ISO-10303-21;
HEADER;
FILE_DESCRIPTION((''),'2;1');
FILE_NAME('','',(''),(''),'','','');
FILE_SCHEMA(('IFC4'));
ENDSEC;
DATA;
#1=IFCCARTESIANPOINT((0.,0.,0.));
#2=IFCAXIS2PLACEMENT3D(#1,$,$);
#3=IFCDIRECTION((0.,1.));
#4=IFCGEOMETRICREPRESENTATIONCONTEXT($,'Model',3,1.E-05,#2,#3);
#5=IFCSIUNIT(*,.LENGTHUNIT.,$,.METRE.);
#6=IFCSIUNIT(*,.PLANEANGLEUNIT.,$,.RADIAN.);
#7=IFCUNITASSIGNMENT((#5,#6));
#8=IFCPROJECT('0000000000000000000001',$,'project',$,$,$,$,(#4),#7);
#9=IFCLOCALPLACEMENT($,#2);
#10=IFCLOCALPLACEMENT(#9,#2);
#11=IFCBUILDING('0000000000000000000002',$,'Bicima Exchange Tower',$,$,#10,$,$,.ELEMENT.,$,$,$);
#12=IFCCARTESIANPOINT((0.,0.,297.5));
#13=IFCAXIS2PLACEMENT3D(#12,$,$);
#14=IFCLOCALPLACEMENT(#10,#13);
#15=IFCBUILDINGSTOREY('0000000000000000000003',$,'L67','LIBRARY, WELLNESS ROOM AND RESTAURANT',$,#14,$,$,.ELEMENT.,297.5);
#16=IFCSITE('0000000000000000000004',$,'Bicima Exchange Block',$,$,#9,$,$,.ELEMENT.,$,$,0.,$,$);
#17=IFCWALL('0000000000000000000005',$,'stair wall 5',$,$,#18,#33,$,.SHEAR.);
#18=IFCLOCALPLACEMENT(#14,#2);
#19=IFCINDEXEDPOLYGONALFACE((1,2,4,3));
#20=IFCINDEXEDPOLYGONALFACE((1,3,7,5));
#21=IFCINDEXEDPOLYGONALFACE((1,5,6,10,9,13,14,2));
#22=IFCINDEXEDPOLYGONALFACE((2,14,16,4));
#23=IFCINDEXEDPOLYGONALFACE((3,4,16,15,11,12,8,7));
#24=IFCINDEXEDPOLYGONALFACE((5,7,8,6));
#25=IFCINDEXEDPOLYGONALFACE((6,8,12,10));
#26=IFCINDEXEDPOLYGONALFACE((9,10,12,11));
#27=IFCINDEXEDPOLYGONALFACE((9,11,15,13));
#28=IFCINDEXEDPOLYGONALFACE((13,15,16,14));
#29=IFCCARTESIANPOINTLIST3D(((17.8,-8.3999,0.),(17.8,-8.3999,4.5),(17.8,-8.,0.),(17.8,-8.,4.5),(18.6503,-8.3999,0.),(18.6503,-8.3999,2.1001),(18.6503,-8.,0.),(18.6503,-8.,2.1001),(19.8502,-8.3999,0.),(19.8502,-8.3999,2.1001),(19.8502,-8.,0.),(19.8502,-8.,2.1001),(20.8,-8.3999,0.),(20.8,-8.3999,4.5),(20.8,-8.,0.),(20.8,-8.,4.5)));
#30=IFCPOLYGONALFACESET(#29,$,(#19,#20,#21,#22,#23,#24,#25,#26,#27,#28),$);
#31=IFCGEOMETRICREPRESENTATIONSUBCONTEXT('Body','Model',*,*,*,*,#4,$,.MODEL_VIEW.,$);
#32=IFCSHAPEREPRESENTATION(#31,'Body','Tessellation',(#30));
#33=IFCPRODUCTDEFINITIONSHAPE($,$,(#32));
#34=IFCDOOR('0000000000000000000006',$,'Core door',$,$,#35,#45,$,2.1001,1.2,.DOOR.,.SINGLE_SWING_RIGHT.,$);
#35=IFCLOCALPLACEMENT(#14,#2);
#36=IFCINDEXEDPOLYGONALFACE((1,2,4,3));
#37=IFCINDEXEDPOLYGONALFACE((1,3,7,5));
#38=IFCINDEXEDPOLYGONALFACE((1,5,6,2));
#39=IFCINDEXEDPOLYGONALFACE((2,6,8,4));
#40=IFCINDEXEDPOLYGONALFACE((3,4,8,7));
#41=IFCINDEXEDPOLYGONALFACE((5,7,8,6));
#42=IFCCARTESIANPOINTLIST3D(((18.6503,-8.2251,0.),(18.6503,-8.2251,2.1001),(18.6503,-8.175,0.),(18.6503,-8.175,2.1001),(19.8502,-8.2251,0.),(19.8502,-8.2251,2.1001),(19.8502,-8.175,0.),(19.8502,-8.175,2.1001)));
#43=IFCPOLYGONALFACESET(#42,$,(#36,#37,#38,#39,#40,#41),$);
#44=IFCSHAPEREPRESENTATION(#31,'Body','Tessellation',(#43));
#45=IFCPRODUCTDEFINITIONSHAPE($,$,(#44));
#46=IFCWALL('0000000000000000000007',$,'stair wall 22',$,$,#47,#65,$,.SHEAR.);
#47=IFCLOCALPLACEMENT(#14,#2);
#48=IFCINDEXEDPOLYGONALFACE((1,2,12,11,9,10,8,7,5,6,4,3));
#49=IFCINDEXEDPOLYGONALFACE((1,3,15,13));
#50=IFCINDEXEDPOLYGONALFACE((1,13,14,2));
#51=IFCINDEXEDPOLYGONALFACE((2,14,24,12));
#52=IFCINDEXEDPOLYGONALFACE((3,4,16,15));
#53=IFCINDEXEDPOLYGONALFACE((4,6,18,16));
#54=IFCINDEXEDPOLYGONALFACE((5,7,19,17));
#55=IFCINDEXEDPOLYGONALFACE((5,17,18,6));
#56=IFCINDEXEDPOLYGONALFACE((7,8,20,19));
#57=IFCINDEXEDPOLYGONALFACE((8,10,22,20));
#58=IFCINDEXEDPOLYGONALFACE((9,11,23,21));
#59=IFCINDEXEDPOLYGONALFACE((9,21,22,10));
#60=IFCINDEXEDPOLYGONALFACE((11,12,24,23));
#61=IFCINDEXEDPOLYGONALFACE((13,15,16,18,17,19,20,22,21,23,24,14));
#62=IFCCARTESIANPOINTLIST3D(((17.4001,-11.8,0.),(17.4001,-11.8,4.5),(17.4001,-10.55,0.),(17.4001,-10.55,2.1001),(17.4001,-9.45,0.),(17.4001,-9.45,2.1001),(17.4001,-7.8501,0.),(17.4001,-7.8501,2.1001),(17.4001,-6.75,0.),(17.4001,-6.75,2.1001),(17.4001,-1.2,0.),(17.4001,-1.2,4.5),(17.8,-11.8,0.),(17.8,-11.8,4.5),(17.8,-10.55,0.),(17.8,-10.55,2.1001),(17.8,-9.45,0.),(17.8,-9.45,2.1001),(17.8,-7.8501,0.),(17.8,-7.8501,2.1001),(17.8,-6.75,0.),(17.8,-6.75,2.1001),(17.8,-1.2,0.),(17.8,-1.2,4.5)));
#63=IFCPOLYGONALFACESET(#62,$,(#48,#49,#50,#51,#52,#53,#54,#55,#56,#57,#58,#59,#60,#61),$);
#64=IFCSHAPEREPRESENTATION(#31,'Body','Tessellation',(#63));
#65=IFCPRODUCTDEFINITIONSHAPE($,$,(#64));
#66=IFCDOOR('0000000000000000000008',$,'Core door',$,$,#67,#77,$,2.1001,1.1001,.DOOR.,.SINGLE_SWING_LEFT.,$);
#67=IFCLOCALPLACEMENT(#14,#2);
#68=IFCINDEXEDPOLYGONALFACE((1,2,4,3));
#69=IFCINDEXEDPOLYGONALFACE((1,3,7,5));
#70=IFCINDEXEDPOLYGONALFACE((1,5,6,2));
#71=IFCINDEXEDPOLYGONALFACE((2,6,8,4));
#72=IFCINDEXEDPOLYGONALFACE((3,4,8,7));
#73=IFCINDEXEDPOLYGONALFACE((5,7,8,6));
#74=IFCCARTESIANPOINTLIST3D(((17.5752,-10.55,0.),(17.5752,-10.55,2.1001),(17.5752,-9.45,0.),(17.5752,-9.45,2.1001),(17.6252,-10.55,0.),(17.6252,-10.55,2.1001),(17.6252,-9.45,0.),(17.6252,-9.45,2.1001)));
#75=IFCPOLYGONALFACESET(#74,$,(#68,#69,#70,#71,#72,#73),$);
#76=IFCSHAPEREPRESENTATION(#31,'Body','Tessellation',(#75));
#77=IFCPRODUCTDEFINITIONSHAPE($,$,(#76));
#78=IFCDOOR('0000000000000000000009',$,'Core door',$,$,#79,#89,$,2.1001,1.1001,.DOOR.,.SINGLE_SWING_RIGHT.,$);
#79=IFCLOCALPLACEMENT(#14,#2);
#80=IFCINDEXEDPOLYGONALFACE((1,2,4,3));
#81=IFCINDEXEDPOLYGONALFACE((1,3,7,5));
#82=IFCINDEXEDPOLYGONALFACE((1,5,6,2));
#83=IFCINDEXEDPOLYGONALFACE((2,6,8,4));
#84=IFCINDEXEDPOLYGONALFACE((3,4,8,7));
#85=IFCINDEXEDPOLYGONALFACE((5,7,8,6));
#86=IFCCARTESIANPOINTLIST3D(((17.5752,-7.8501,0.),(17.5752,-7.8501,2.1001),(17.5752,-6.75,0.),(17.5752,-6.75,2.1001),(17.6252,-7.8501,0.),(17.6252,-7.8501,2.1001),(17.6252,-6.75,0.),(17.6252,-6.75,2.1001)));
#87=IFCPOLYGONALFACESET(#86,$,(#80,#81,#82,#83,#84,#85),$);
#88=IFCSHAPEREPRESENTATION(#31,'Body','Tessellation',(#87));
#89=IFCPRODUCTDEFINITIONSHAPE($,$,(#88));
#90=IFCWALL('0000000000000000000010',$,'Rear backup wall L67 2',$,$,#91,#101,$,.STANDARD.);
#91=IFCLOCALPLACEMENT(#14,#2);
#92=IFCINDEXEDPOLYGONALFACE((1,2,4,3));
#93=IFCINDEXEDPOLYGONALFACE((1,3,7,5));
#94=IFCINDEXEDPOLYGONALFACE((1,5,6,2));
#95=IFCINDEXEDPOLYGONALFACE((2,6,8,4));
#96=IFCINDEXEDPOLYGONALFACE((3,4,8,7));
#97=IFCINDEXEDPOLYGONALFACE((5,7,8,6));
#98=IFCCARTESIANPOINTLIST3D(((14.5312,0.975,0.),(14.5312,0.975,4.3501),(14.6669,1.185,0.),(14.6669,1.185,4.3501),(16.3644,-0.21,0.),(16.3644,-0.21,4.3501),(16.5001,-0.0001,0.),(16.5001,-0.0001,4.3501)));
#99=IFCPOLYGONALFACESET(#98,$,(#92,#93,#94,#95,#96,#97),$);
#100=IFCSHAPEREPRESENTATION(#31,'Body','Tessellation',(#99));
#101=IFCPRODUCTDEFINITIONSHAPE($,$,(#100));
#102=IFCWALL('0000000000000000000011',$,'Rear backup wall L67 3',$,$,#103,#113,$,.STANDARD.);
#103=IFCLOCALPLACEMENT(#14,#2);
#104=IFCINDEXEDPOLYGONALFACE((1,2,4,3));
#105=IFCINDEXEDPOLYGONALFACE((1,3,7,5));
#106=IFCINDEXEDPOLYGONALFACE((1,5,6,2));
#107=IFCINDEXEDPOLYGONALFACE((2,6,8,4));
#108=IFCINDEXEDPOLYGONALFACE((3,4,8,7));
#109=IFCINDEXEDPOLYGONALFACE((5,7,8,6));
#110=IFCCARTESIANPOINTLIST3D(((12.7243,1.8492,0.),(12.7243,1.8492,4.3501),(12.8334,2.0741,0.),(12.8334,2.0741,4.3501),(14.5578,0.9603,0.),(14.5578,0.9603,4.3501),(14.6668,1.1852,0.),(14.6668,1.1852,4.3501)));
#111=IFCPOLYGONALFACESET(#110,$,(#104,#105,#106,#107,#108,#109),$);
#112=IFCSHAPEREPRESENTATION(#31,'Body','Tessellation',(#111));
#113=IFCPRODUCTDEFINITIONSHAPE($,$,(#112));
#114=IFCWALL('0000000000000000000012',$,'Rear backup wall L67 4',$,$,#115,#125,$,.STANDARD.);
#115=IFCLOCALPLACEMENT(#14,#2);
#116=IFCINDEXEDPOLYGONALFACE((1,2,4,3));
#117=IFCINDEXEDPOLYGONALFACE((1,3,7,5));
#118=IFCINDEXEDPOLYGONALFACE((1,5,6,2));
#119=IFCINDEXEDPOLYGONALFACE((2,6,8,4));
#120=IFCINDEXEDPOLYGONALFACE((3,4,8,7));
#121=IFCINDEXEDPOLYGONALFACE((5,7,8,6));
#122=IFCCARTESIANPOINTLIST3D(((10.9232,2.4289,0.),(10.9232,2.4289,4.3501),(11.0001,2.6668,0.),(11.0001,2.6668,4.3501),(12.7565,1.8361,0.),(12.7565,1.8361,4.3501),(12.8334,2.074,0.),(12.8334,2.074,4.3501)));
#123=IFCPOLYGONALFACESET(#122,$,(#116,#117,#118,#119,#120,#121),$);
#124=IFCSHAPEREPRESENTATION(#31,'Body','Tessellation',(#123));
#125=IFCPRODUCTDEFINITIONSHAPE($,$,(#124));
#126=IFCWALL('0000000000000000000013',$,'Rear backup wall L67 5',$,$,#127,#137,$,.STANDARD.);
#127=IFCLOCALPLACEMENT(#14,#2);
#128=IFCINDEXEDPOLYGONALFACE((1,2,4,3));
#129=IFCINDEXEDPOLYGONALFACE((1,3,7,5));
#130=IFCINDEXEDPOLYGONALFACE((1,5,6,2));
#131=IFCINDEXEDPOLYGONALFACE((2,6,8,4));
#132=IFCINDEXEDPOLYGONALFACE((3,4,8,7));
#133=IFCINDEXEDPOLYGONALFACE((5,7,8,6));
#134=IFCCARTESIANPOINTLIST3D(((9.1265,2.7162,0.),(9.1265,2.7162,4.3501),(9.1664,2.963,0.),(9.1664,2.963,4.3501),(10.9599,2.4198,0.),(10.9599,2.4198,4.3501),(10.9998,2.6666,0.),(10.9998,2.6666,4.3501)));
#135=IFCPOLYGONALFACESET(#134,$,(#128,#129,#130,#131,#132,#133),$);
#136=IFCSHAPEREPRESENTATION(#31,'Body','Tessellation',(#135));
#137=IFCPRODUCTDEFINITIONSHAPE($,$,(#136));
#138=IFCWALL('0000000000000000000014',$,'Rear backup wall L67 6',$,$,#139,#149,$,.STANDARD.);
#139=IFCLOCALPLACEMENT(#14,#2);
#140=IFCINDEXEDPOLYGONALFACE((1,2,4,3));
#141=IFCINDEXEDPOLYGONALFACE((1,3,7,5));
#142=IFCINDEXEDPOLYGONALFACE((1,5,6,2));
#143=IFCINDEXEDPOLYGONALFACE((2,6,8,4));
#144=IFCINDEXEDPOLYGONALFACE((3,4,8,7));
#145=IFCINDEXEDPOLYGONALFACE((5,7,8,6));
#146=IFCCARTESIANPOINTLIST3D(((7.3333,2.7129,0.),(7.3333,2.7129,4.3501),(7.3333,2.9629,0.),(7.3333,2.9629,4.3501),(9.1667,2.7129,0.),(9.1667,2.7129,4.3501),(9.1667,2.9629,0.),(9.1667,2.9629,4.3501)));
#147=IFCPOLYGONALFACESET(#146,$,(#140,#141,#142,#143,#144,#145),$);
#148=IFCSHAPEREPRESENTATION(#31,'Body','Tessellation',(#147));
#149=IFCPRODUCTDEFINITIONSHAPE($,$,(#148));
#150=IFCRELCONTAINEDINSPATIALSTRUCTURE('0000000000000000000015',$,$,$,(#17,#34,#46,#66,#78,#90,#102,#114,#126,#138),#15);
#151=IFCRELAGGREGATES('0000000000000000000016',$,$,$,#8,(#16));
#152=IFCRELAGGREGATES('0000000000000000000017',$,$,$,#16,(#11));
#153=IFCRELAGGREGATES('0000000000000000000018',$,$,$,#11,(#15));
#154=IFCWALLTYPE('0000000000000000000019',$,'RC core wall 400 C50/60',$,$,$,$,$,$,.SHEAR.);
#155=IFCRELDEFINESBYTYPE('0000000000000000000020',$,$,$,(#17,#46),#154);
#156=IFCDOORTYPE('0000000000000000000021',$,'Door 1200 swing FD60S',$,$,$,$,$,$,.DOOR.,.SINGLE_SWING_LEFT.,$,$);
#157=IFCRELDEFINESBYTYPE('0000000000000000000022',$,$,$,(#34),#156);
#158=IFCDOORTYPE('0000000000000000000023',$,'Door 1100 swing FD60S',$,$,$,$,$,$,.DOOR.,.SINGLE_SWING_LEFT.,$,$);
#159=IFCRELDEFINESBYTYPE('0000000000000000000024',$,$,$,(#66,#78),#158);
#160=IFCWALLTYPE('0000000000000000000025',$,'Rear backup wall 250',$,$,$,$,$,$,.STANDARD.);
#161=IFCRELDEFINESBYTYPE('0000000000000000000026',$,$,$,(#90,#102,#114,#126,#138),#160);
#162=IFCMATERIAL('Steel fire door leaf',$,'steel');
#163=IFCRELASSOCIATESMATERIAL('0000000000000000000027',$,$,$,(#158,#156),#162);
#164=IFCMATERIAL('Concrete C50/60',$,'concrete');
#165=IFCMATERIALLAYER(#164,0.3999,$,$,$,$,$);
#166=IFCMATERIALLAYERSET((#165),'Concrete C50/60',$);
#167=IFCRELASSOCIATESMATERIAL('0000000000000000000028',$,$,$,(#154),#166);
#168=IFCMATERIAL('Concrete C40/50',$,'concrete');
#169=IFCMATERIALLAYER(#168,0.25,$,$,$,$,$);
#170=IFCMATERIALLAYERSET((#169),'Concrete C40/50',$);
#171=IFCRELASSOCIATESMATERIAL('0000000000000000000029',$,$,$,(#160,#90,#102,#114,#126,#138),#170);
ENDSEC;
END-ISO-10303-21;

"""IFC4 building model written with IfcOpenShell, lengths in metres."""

from ifc_helpers import new_model, si_unit, direction, frame, frame_2d, origin, place, context, subcontext, project, spatial, rectangle, extrude, material, layer, layer_set, layer_usage, type_object, element, fill, save


model = new_model("IFC4")

# Units and contexts
model_context = context("Model", 3, precision=1e-05, world=origin(), true_north=direction((0.0, 1.0)))
body_context = subcontext(model_context, "Body", "Model", "MODEL_VIEW")
ifc_project = project(units=[si_unit("LENGTHUNIT", "METRE"), si_unit("PLANEANGLEUNIT", "RADIAN")], contexts=[model_context])

# Site, building, storey
site_placement = place(None, origin())
site = spatial("IfcSite", under=ifc_project, at=site_placement, Name="Bicima Exchange Block", CompositionType="ELEMENT", RefElevation=0.0)
building_placement = place(site_placement, origin())
building = spatial("IfcBuilding", under=site, at=building_placement, Name="Bicima Exchange Tower", CompositionType="ELEMENT")
storey_placement = place(building_placement, frame((0.0, 0.0, 297.5)))
storey = spatial("IfcBuildingStorey", under=building, at=storey_placement, Name="L67", Description="LIBRARY, WELLNESS ROOM AND RESTAURANT", CompositionType="ELEMENT", Elevation=297.5)

# Wall, opening, door
ifc_material_1 = material(Name="Concrete C40/50", Category="concrete")
ifc_material_2 = material(Name="Steel fire door leaf", Category="steel")
door_type_1 = type_object("IfcDoorType", Name="Door 1100 swing FD60S", OperationType="SINGLE_SWING_LEFT", PredefinedType="DOOR", material=ifc_material_2)
ifc_material_3 = material(Name="Concrete C50/60", Category="concrete")
ifc_layer_1 = layer(ifc_material_3, 0.3999)
ifc_layer_set_1 = layer_set([ifc_layer_1], Name="Concrete C50/60")
wall_type_1 = type_object("IfcWallType", Name="RC core wall 400 C50/60", PredefinedType="SHEAR", material=ifc_layer_set_1)
wall_1_placement = place(storey_placement, frame((17.8, -8.2, 0.0), z_axis=(0.0, 0.0, 1.0), x_axis=(1.0, 0.0, 0.0)))
wall_1 = element("IfcWall", 1, at=wall_1_placement, inside=storey, type_object=wall_type_1, Name="stair wall 5", PredefinedType="SHEAR", context=body_context, shape_type="SweptSolid", body=[
    extrude(rectangle(XDim=3.0, YDim=0.3999, at=frame_2d((1.5, 0.0))), origin(), (0.0, 0.0, 1.0), 4.5),
])
opening_1_placement = place(wall_1_placement, frame((0.8501, 0.0, 0.0)))
opening_1 = element("IfcOpeningElement", 2, at=opening_1_placement, cuts=wall_1, PredefinedType="OPENING", context=body_context, shape_type="SweptSolid", body=[
    extrude(rectangle(XDim=1.2, YDim=2.1001, at=frame_2d((0.6001, 1.05))), frame((0.0, 0.2119, 0.0), z_axis=(0.0, -1.0, 0.0), x_axis=(1.0, 0.0, 0.0)), (0.0, 0.0, 1.0), 0.4238),
])
door_type_2 = type_object("IfcDoorType", Name="Door 1200 swing FD60S", OperationType="SINGLE_SWING_LEFT", PredefinedType="DOOR", material=ifc_material_2)
door_1_placement = place(opening_1_placement, origin())
door_1 = element("IfcDoor", 3, at=door_1_placement, inside=storey, type_object=door_type_2, Name="Core door", OperationType="SINGLE_SWING_RIGHT", OverallHeight=2.1001, OverallWidth=1.2, PredefinedType="DOOR", context=body_context, shape_type="SweptSolid", body=[
    extrude(rectangle(XDim=1.2, YDim=2.1001, at=frame_2d((0.6001, 1.05))), frame((0.0, 0.0249, 0.0), z_axis=(0.0, -1.0, 0.0), x_axis=(1.0, 0.0, 0.0)), (0.0, 0.0, 1.0), 0.05),
])
fill(opening_1, door_1)

# Wall, openings, doors
wall_2_placement = place(storey_placement, frame((17.6001, -11.8, 0.0), z_axis=(0.0, 0.0, 1.0), x_axis=(0.0, 1.0, 0.0)))
wall_2 = element("IfcWall", 4, at=wall_2_placement, inside=storey, type_object=wall_type_1, Name="stair wall 22", PredefinedType="SHEAR", context=body_context, shape_type="SweptSolid", body=[
    extrude(rectangle(XDim=10.6001, YDim=0.3999, at=frame_2d((5.3, 0.0))), origin(), (0.0, 0.0, 1.0), 4.5),
])
opening_2_placement = place(wall_2_placement, frame((1.25, 0.0, 0.0)))
opening_2 = element("IfcOpeningElement", 5, at=opening_2_placement, cuts=wall_2, PredefinedType="OPENING", context=body_context, shape_type="SweptSolid", body=[
    extrude(rectangle(XDim=1.1001, YDim=2.1001, at=frame_2d((0.55, 1.05))), frame((0.0, 0.2119, 0.0), z_axis=(0.0, -1.0, 0.0), x_axis=(1.0, 0.0, 0.0)), (0.0, 0.0, 1.0), 0.4238),
])
opening_3_placement = place(wall_2_placement, frame((3.95, 0.0, 0.0)))
opening_3 = element("IfcOpeningElement", 6, at=opening_3_placement, cuts=wall_2, PredefinedType="OPENING", context=body_context, shape_type="SweptSolid", body=[
    extrude(rectangle(XDim=1.1001, YDim=2.1001, at=frame_2d((0.55, 1.05))), frame((0.0, 0.2119, 0.0), z_axis=(0.0, -1.0, 0.0), x_axis=(1.0, 0.0, 0.0)), (0.0, 0.0, 1.0), 0.4238),
])
door_2_placement = place(opening_2_placement, origin())
door_2 = element("IfcDoor", 7, at=door_2_placement, inside=storey, type_object=door_type_1, Name="Core door", OperationType="SINGLE_SWING_LEFT", OverallHeight=2.1001, OverallWidth=1.1001, PredefinedType="DOOR", context=body_context, shape_type="SweptSolid", body=[
    extrude(rectangle(XDim=1.1001, YDim=2.1001, at=frame_2d((0.55, 1.05))), frame((0.0, 0.0249, 0.0), z_axis=(0.0, -1.0, 0.0), x_axis=(1.0, 0.0, 0.0)), (0.0, 0.0, 1.0), 0.05),
])
fill(opening_2, door_2)
door_3_placement = place(opening_3_placement, origin())
door_3 = element("IfcDoor", 8, at=door_3_placement, inside=storey, type_object=door_type_1, Name="Core door", OperationType="SINGLE_SWING_RIGHT", OverallHeight=2.1001, OverallWidth=1.1001, PredefinedType="DOOR", context=body_context, shape_type="SweptSolid", body=[
    extrude(rectangle(XDim=1.1001, YDim=2.1001, at=frame_2d((0.55, 1.05))), frame((0.0, 0.0249, 0.0), z_axis=(0.0, -1.0, 0.0), x_axis=(1.0, 0.0, 0.0)), (0.0, 0.0, 1.0), 0.05),
])
fill(opening_3, door_3)

# Walls
ifc_layer_2 = layer(ifc_material_1, 0.25)
ifc_layer_set_2 = layer_set([ifc_layer_2], Name="Concrete C40/50")
ifc_layer_usage = layer_usage(ifc_layer_set_2, "AXIS2", "POSITIVE", -0.125)
wall_type_2 = type_object("IfcWallType", Name="Rear backup wall 250", PredefinedType="STANDARD", material=ifc_layer_set_2)
wall_3_placement = place(storey_placement, frame((16.4321, -0.105, 0.0), z_axis=(0.0, 0.0, 1.0), x_axis=(-0.839813, 0.542876, 0.0)))
element("IfcWall", 9, at=wall_3_placement, inside=storey, type_object=wall_type_2, material=ifc_layer_usage, Name="Rear backup wall L67 2", PredefinedType="STANDARD", context=body_context, shape_type="SweptSolid", body=[
    extrude(rectangle(XDim=2.1829, YDim=0.25, at=frame_2d((1.0913, 0.0))), origin(), (0.0, 0.0, 1.0), 4.3501),
])
wall_4_placement = place(storey_placement, frame((14.6123, 1.0728, 0.0), z_axis=(0.0, 0.0, 1.0), x_axis=(-0.899824, 0.436253, 0.0)))
element("IfcWall", 10, at=wall_4_placement, inside=storey, type_object=wall_type_2, material=ifc_layer_usage, Name="Rear backup wall L67 3", PredefinedType="STANDARD", context=body_context, shape_type="SweptSolid", body=[
    extrude(rectangle(XDim=2.0376, YDim=0.25, at=frame_2d((1.0188, 0.0))), origin(), (0.0, 0.0, 1.0), 4.3501),
])
wall_5_placement = place(storey_placement, frame((12.7949, 1.9551, 0.0), z_axis=(0.0, 0.0, 1.0), x_axis=(-0.951496, 0.307662, 0.0)))
element("IfcWall", 11, at=wall_5_placement, inside=storey, type_object=wall_type_2, material=ifc_layer_usage, Name="Rear backup wall L67 4", PredefinedType="STANDARD", context=body_context, shape_type="SweptSolid", body=[
    extrude(rectangle(XDim=1.9268, YDim=0.25, at=frame_2d((0.9634, 0.0))), origin(), (0.0, 0.0, 1.0), 4.3501),
])
wall_6_placement = place(storey_placement, frame((10.98, 2.5432, 0.0), z_axis=(0.0, 0.0, 1.0), x_axis=(-0.987182, 0.1596, 0.0)))
element("IfcWall", 12, at=wall_6_placement, inside=storey, type_object=wall_type_2, material=ifc_layer_usage, Name="Rear backup wall L67 5", PredefinedType="STANDARD", context=body_context, shape_type="SweptSolid", body=[
    extrude(rectangle(XDim=1.8572, YDim=0.25, at=frame_2d((0.9287, 0.0))), origin(), (0.0, 0.0, 1.0), 4.3501),
])
wall_7_placement = place(storey_placement, frame((9.1667, 2.8379, 0.0), z_axis=(0.0, 0.0, 1.0), x_axis=(-1.0, 0.0, 0.0)))
element("IfcWall", 13, at=wall_7_placement, inside=storey, type_object=wall_type_2, material=ifc_layer_usage, Name="Rear backup wall L67 6", PredefinedType="STANDARD", context=body_context, shape_type="SweptSolid", body=[
    extrude(rectangle(XDim=1.8335, YDim=0.25, at=frame_2d((0.9167, 0.0))), origin(), (0.0, 0.0, 1.0), 4.3501),
])

save(model, "model.ifc")
